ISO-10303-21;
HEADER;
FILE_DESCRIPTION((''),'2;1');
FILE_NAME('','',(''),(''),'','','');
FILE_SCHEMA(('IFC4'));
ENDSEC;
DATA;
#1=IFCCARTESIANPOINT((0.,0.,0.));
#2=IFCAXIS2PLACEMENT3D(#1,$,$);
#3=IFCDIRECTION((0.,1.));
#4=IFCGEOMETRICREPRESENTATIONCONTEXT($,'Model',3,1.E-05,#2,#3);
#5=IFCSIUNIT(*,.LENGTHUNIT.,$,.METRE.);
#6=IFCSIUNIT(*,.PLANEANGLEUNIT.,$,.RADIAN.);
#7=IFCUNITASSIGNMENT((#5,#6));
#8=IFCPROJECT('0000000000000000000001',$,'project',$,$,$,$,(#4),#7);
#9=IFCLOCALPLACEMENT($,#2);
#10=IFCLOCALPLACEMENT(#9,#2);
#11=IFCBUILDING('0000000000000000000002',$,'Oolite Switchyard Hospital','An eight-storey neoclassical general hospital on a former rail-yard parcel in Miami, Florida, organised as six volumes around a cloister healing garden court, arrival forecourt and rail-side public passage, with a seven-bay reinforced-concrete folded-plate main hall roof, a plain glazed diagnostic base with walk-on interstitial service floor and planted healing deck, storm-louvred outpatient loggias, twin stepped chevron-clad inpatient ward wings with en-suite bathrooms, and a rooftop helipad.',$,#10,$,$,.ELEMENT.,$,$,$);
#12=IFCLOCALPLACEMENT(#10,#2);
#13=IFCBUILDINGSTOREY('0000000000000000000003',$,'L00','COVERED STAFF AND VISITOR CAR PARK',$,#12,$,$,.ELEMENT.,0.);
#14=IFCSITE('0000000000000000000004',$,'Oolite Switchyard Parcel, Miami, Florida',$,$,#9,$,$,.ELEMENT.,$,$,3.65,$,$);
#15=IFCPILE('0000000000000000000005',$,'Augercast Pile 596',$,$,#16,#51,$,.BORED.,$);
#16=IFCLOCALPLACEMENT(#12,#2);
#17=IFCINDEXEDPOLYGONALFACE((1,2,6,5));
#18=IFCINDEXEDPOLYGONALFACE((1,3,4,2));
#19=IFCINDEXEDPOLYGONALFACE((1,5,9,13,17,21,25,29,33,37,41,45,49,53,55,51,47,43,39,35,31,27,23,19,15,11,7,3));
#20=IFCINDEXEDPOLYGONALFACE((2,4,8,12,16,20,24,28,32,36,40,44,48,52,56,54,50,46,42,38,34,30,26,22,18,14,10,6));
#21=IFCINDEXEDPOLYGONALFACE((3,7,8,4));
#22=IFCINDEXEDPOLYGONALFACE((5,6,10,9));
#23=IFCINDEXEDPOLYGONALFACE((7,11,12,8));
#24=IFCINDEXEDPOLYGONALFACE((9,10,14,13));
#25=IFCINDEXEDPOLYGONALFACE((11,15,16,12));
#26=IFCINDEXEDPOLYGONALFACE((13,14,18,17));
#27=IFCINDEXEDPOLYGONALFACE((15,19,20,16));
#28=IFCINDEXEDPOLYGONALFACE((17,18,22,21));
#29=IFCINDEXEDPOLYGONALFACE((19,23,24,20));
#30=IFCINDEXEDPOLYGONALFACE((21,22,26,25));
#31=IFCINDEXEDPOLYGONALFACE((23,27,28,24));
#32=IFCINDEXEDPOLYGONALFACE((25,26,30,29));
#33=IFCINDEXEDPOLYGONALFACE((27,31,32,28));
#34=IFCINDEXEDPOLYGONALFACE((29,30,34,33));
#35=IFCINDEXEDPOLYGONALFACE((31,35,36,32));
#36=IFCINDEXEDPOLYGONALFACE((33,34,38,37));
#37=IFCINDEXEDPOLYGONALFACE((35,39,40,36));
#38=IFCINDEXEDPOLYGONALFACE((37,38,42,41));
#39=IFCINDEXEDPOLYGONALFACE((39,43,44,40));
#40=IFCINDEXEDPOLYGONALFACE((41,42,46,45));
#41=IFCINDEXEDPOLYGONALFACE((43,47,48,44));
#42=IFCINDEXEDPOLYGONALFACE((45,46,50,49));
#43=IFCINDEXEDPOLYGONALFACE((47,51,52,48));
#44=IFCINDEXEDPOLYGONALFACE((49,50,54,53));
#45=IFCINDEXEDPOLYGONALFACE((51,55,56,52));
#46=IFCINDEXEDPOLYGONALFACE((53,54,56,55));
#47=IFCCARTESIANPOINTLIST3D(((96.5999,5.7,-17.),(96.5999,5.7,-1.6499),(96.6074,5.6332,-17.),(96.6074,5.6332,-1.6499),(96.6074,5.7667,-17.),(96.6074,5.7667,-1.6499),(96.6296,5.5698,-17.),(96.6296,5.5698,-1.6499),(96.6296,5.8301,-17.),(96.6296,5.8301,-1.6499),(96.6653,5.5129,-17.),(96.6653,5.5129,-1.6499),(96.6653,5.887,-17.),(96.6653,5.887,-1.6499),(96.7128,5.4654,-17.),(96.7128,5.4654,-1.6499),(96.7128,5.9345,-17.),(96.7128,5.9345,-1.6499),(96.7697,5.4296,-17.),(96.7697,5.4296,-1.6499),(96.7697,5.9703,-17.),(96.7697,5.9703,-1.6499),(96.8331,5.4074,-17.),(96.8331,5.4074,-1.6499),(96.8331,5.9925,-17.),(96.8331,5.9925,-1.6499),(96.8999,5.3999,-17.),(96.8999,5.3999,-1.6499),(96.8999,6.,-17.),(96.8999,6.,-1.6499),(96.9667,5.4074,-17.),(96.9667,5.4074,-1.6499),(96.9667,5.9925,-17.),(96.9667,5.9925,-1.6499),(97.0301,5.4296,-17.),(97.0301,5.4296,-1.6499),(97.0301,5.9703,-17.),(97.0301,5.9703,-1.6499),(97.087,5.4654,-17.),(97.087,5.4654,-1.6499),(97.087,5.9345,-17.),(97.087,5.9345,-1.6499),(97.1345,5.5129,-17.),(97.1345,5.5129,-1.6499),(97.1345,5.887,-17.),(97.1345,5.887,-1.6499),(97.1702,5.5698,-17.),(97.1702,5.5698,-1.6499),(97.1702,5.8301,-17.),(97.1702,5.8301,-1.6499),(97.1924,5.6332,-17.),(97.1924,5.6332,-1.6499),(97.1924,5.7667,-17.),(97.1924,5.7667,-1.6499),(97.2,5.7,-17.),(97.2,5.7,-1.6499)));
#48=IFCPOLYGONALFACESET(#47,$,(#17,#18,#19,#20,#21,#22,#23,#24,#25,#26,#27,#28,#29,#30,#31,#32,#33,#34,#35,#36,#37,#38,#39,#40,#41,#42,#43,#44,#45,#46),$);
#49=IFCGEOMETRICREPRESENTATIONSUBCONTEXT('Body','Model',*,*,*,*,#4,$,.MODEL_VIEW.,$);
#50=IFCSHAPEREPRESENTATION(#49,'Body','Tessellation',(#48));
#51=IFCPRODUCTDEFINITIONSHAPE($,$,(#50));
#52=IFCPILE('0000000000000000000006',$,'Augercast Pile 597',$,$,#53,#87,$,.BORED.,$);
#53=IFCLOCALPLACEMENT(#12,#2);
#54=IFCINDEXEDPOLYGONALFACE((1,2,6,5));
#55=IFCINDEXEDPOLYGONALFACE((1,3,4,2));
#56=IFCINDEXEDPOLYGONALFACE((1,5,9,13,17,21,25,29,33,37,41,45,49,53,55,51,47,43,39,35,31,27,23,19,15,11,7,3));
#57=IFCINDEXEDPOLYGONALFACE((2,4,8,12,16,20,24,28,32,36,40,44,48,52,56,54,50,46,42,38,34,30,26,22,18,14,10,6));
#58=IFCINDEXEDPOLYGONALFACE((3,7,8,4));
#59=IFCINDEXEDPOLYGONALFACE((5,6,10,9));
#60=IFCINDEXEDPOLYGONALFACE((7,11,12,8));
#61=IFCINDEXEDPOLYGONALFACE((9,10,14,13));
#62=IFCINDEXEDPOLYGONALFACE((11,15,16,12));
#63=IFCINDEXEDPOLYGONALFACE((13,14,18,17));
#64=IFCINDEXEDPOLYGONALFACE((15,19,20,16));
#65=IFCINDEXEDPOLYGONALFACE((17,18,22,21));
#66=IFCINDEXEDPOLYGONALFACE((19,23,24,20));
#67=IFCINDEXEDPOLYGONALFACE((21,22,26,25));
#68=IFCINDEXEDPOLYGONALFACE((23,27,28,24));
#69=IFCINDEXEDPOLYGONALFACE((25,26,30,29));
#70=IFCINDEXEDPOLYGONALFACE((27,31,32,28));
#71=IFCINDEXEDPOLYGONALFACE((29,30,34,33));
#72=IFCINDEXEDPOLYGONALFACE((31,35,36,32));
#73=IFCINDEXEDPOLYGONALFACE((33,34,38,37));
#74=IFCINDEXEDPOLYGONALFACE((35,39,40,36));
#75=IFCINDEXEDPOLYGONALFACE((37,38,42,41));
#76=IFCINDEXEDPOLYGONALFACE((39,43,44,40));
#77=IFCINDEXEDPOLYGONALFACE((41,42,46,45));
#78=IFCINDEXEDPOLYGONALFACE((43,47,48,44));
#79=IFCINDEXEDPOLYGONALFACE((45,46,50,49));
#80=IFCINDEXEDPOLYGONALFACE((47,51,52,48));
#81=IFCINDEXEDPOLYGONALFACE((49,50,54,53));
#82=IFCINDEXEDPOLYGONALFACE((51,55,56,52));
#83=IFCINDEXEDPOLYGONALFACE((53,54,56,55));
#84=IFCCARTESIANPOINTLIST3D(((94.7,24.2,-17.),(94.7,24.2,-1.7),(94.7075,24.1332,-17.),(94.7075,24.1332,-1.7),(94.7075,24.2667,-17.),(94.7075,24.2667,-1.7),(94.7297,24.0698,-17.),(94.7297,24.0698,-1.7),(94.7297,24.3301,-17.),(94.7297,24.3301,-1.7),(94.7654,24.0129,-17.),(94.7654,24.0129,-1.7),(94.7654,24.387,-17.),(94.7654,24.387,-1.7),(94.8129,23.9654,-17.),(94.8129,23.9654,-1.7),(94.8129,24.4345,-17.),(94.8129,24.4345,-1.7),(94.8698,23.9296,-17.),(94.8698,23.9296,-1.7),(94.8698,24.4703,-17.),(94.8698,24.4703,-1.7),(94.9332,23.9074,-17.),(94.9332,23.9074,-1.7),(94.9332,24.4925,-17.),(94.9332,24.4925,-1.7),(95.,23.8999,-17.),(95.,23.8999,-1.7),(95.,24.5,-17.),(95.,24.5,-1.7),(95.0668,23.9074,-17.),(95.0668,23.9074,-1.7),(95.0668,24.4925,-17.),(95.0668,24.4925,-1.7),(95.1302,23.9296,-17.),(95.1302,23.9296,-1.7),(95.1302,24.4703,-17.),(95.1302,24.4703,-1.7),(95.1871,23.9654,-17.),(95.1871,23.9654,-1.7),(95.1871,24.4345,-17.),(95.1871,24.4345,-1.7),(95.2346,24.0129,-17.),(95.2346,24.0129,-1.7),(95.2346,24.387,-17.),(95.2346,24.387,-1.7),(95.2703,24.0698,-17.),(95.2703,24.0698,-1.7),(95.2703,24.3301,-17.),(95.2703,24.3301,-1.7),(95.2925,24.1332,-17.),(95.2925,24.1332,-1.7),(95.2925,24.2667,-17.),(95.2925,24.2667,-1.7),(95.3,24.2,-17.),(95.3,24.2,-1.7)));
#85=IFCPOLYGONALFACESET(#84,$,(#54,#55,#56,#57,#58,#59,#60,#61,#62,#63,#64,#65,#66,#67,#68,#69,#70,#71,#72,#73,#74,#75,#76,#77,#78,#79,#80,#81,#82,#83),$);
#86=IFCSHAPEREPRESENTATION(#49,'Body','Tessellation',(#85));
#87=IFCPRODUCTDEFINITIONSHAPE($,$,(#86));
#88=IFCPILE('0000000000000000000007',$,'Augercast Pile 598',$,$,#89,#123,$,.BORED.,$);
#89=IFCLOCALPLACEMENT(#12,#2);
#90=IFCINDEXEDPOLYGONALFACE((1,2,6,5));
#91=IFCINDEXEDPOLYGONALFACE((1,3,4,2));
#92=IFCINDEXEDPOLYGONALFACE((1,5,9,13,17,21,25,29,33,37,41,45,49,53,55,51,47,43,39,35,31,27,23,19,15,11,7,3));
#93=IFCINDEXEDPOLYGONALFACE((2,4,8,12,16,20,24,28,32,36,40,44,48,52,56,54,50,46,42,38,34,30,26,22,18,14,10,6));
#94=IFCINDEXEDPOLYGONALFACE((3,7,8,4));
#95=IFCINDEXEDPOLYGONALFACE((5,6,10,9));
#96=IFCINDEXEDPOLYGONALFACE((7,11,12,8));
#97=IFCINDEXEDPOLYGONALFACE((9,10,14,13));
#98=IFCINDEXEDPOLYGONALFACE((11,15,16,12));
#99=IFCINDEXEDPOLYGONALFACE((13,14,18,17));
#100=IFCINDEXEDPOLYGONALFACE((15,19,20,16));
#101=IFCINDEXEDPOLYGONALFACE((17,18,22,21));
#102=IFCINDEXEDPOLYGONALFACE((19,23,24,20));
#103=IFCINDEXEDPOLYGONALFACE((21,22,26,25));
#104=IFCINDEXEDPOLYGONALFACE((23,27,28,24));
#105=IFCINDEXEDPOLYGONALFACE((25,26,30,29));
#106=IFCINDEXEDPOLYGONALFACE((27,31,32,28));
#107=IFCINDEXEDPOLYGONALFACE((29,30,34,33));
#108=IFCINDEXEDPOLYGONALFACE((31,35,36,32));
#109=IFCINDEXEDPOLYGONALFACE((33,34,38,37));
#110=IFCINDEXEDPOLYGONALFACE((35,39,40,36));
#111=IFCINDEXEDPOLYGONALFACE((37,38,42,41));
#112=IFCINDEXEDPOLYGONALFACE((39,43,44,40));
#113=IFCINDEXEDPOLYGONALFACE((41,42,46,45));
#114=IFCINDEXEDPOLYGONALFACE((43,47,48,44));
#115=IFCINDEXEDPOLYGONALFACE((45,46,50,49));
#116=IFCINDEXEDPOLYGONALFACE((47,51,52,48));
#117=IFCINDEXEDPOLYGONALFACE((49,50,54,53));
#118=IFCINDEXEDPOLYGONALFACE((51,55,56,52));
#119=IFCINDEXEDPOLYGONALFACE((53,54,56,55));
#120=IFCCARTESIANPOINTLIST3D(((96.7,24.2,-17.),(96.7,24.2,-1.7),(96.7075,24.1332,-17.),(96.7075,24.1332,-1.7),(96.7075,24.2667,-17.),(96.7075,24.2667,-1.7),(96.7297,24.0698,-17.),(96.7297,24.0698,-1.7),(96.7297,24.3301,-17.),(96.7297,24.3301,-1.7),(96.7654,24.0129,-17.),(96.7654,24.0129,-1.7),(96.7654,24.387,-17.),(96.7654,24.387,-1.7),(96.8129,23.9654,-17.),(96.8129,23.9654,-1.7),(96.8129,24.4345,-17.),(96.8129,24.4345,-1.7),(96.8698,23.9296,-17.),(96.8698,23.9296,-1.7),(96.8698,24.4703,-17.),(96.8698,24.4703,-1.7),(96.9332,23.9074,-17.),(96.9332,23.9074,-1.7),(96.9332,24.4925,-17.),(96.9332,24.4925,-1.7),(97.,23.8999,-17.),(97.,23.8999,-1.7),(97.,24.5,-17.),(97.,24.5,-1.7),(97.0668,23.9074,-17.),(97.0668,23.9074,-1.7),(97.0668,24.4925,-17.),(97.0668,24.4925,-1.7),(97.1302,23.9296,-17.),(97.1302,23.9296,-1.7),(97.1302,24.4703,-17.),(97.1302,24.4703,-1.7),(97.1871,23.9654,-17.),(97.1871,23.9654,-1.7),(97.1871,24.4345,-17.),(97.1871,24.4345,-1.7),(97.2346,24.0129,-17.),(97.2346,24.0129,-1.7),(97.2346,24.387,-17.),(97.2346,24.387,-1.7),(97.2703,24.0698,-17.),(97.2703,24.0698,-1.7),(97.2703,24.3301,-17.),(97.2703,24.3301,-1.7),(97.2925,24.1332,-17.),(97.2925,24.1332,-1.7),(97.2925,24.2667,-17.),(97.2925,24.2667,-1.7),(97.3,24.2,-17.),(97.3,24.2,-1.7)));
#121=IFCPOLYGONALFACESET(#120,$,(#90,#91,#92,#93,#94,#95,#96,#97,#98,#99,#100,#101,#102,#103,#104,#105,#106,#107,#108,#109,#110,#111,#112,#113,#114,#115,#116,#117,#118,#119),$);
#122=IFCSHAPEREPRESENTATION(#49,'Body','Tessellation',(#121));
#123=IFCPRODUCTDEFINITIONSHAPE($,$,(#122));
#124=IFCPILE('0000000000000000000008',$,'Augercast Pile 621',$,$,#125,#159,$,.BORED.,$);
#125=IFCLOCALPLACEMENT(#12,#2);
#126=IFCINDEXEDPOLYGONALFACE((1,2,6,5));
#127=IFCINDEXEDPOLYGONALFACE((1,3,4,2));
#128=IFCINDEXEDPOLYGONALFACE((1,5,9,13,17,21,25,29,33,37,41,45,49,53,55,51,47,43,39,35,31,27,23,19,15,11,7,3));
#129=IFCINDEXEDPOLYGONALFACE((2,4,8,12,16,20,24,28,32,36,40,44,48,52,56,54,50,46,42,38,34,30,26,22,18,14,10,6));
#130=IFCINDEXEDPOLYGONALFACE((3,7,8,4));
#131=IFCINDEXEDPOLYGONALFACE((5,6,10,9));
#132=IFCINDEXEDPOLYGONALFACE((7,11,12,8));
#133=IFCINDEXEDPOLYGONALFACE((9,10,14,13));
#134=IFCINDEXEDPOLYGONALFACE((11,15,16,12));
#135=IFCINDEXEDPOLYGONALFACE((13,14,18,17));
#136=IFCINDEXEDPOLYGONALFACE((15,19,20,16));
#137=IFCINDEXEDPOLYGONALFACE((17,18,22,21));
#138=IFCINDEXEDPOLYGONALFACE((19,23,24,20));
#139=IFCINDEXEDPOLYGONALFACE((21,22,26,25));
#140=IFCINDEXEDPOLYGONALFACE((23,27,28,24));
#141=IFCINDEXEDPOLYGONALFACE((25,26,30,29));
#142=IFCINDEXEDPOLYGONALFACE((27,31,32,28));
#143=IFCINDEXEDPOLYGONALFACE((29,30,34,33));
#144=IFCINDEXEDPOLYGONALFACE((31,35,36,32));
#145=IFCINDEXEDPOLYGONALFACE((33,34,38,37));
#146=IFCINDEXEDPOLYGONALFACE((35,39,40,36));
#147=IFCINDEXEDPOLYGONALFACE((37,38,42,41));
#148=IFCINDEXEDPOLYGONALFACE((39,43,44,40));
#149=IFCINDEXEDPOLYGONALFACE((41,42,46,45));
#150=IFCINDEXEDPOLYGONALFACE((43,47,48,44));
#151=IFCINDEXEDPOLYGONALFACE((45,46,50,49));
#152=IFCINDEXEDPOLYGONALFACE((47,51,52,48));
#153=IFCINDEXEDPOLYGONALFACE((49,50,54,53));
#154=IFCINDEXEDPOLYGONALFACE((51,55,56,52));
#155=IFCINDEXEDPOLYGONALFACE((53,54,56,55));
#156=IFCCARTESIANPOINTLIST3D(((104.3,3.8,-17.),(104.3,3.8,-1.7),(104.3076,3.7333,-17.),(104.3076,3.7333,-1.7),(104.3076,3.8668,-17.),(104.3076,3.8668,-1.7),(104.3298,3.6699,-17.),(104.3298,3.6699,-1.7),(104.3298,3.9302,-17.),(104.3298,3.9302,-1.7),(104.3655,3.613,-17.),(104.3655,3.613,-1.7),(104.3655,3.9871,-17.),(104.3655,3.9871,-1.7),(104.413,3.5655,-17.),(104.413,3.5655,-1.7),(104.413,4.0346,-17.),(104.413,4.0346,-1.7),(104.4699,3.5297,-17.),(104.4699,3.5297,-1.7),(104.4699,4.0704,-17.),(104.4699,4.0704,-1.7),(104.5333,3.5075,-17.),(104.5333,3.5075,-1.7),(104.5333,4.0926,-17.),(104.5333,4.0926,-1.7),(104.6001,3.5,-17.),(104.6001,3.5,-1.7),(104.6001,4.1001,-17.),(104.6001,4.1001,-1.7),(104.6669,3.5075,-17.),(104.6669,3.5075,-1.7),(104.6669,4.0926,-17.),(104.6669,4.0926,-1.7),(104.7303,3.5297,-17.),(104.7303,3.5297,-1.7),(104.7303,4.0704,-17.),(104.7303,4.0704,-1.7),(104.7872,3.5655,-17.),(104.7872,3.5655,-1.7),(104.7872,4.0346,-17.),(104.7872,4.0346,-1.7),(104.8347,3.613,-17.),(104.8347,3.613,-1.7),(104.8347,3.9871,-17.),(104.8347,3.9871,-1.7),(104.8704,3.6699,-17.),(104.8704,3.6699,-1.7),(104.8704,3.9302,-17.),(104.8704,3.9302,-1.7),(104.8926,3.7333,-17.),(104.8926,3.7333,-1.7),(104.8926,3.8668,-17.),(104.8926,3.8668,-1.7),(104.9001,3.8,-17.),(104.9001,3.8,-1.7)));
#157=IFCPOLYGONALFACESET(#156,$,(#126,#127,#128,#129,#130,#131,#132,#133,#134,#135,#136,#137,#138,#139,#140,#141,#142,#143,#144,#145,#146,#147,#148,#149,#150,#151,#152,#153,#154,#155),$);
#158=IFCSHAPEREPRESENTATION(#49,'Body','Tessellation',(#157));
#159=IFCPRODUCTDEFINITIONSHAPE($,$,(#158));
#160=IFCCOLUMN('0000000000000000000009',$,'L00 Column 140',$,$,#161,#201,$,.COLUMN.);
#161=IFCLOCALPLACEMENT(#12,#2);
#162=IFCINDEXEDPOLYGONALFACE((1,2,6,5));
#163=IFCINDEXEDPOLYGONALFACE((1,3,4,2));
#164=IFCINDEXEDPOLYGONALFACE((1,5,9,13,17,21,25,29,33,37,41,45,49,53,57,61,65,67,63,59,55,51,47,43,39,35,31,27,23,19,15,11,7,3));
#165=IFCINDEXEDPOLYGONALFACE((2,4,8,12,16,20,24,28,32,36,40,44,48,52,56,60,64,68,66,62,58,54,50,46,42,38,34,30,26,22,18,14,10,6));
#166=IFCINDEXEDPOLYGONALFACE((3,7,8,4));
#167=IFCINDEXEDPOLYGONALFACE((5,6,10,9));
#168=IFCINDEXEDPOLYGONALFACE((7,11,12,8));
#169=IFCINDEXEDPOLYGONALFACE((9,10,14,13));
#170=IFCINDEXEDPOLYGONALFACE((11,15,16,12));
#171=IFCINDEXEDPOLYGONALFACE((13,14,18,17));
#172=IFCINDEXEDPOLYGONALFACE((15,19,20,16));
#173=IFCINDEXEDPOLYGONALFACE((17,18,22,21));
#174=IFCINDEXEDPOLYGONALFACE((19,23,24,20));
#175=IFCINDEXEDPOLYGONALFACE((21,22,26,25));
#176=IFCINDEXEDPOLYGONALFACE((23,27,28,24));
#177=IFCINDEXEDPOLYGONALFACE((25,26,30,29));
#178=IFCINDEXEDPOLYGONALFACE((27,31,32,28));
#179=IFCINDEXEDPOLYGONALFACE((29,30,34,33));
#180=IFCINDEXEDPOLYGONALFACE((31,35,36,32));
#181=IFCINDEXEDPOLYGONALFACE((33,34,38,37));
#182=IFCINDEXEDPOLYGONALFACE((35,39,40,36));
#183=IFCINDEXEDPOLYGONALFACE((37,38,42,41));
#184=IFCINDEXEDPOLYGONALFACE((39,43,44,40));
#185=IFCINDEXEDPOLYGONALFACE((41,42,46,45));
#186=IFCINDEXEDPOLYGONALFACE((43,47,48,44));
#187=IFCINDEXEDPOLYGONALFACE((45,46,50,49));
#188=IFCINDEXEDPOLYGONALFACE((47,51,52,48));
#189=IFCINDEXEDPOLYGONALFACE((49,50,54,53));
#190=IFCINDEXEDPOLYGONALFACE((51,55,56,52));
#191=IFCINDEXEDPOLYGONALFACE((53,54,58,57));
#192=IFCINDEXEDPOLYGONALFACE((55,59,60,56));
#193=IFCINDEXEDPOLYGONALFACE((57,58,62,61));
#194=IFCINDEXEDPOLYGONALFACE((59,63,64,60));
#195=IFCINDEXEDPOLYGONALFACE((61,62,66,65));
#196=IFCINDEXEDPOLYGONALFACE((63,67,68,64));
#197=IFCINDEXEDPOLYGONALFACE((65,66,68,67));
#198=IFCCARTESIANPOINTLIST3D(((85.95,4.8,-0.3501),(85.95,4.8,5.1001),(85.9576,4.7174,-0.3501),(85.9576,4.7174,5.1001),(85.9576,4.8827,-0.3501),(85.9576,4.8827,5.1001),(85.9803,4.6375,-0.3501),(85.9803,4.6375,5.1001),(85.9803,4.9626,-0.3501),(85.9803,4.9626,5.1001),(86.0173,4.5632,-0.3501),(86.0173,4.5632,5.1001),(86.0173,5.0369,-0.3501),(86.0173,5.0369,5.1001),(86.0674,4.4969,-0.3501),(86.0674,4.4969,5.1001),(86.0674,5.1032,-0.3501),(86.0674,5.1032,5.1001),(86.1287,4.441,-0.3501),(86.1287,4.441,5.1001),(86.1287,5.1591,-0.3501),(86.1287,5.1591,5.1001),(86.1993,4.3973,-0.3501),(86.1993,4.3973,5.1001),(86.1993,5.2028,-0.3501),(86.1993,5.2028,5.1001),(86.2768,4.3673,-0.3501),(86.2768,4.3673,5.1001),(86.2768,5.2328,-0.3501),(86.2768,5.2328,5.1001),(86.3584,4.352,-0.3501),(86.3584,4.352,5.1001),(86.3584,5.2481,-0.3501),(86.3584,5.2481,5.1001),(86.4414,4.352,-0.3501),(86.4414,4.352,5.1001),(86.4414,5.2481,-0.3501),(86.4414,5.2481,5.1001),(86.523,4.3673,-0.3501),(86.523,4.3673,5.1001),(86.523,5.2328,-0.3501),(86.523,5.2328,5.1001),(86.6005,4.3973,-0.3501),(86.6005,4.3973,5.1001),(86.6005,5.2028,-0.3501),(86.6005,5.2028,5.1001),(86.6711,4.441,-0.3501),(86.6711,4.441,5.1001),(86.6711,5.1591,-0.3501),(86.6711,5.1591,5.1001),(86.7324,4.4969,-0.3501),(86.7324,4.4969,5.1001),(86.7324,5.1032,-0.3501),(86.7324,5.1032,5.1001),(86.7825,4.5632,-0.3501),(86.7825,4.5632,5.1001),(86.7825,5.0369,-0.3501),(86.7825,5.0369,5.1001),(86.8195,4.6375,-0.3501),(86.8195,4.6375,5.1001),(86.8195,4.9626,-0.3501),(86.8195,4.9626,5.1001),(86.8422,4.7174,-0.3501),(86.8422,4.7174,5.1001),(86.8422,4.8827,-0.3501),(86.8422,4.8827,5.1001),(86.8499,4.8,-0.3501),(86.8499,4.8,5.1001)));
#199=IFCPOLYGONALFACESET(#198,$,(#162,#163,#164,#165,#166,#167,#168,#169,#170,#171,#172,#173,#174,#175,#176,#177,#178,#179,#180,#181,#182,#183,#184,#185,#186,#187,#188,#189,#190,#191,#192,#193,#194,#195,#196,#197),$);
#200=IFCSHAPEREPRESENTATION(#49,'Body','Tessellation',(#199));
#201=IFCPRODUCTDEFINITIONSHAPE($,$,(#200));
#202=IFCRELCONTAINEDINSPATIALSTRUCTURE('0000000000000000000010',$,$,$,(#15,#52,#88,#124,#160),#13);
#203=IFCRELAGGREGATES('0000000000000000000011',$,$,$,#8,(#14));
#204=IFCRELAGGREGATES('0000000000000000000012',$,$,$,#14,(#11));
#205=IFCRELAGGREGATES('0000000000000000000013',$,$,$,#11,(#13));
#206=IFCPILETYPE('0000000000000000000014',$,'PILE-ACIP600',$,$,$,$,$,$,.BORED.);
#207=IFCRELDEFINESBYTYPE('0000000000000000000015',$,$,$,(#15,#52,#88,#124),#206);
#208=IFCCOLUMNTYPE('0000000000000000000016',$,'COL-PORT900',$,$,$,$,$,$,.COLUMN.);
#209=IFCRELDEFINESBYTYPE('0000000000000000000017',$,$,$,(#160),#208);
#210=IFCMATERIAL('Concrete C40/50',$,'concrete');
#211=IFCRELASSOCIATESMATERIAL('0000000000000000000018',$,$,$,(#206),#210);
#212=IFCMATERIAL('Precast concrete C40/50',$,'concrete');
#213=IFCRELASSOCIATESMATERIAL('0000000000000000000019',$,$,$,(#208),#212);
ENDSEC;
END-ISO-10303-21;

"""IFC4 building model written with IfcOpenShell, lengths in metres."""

from ifc_helpers import new_model, si_unit, direction, frame, origin, origin_2d, place, context, subcontext, project, spatial, circle, extrude, material, material_profile, profile_set, type_object, element, save


model = new_model("IFC4")

# Units and contexts
model_context = context("Model", 3, precision=1e-05, world=origin(), true_north=direction((0.0, 1.0)))
body_context = subcontext(model_context, "Body", "Model", "MODEL_VIEW")
ifc_project = project(units=[si_unit("LENGTHUNIT", "METRE"), si_unit("PLANEANGLEUNIT", "RADIAN")], contexts=[model_context])

# Site, building, storey
site_placement = place(None, origin())
site = spatial("IfcSite", under=ifc_project, at=site_placement, Name="Oolite Switchyard Parcel, Miami, Florida", CompositionType="ELEMENT", RefElevation=3.65)
building_placement = place(site_placement, origin())
building = spatial("IfcBuilding", under=site, at=building_placement, Name="Oolite Switchyard Hospital", Description="An eight-storey neoclassical general hospital on a former rail-yard parcel in Miami, Florida, organised as six volumes around a cloister healing garden court, arrival forecourt and rail-side public passage, with a seven-bay reinforced-concrete folded-plate main hall roof, a plain glazed diagnostic base with walk-on interstitial service floor and planted healing deck, storm-louvred outpatient loggias, twin stepped chevron-clad inpatient ward wings with en-suite bathrooms, and a rooftop helipad.", CompositionType="ELEMENT")
storey_placement = place(building_placement, origin())
storey = spatial("IfcBuildingStorey", under=building, at=storey_placement, Name="L00", Description="COVERED STAFF AND VISITOR CAR PARK", CompositionType="ELEMENT", Elevation=0.0)

# Shared definitions
ifc_material_1 = material(Name="Concrete C40/50", Category="concrete")

# Piles
ifc_material_profile_1 = material_profile(ifc_material_1, circle(Radius=0.3, at=origin_2d()), Name="PILE600")
ifc_profile_set_1 = profile_set([ifc_material_profile_1], Name="Concrete C40/50")
pile_type = type_object("IfcPileType", Name="PILE-ACIP600", PredefinedType="BORED", material=ifc_profile_set_1)
for number, where, z_axis, x_axis, name in (
    (1, (96.8999, 5.7, -1.6499), (0.0, 0.0, -1.0), (1.0, 0.0, 0.0), "Augercast Pile 596"),
):
    element("IfcPile", number, at=place(storey_placement, frame(where, z_axis=z_axis, x_axis=x_axis)), inside=storey, type_object=pile_type, Name=name, PredefinedType="BORED", context=body_context, shape_type="SweptSolid", body=[
        extrude(circle(Radius=0.3, at=origin_2d()), origin(), (0.0, 0.0, 1.0), 15.3501),
    ])
for number, where, z_axis, x_axis, name in (
    (2, (95.0, 24.2, -1.7), (0.0, 0.0, -1.0), (1.0, 0.0, 0.0), "Augercast Pile 597"),
    (3, (97.0, 24.2, -1.7), (0.0, 0.0, -1.0), (1.0, 0.0, 0.0), "Augercast Pile 598"),
    (4, (104.6001, 3.8, -1.7), (0.0, 0.0, -1.0), (1.0, 0.0, 0.0), "Augercast Pile 621"),
):
    element("IfcPile", number, at=place(storey_placement, frame(where, z_axis=z_axis, x_axis=x_axis)), inside=storey, type_object=pile_type, Name=name, PredefinedType="BORED", context=body_context, shape_type="SweptSolid", body=[
        extrude(circle(Radius=0.3, at=origin_2d()), origin(), (0.0, 0.0, 1.0), 15.3),
    ])

# Column
ifc_material_2 = material(Name="Precast concrete C40/50", Category="concrete")
ifc_material_profile_2 = material_profile(ifc_material_2, circle(Radius=0.45, at=origin_2d()), Name="RCCOL900")
ifc_profile_set_2 = profile_set([ifc_material_profile_2], Name="Precast concrete C40/50")
column_type_1 = type_object("IfcColumnType", Name="COL-PORT900", PredefinedType="COLUMN", material=ifc_profile_set_2)
for number, where, z_axis, x_axis, name in (
    (5, (86.3999, 4.8, -0.3501), (0.0, 0.0, 1.0), (1.0, 0.0, 0.0), "L00 Column 140"),
):
    element("IfcColumn", number, at=place(storey_placement, frame(where, z_axis=z_axis, x_axis=x_axis)), inside=storey, type_object=column_type_1, Name=name, PredefinedType="COLUMN", context=body_context, shape_type="SweptSolid", body=[
        extrude(circle(Radius=0.45, at=origin_2d()), origin(), (0.0, 0.0, 1.0), 5.4502),
    ])

save(model, "model.ifc")
